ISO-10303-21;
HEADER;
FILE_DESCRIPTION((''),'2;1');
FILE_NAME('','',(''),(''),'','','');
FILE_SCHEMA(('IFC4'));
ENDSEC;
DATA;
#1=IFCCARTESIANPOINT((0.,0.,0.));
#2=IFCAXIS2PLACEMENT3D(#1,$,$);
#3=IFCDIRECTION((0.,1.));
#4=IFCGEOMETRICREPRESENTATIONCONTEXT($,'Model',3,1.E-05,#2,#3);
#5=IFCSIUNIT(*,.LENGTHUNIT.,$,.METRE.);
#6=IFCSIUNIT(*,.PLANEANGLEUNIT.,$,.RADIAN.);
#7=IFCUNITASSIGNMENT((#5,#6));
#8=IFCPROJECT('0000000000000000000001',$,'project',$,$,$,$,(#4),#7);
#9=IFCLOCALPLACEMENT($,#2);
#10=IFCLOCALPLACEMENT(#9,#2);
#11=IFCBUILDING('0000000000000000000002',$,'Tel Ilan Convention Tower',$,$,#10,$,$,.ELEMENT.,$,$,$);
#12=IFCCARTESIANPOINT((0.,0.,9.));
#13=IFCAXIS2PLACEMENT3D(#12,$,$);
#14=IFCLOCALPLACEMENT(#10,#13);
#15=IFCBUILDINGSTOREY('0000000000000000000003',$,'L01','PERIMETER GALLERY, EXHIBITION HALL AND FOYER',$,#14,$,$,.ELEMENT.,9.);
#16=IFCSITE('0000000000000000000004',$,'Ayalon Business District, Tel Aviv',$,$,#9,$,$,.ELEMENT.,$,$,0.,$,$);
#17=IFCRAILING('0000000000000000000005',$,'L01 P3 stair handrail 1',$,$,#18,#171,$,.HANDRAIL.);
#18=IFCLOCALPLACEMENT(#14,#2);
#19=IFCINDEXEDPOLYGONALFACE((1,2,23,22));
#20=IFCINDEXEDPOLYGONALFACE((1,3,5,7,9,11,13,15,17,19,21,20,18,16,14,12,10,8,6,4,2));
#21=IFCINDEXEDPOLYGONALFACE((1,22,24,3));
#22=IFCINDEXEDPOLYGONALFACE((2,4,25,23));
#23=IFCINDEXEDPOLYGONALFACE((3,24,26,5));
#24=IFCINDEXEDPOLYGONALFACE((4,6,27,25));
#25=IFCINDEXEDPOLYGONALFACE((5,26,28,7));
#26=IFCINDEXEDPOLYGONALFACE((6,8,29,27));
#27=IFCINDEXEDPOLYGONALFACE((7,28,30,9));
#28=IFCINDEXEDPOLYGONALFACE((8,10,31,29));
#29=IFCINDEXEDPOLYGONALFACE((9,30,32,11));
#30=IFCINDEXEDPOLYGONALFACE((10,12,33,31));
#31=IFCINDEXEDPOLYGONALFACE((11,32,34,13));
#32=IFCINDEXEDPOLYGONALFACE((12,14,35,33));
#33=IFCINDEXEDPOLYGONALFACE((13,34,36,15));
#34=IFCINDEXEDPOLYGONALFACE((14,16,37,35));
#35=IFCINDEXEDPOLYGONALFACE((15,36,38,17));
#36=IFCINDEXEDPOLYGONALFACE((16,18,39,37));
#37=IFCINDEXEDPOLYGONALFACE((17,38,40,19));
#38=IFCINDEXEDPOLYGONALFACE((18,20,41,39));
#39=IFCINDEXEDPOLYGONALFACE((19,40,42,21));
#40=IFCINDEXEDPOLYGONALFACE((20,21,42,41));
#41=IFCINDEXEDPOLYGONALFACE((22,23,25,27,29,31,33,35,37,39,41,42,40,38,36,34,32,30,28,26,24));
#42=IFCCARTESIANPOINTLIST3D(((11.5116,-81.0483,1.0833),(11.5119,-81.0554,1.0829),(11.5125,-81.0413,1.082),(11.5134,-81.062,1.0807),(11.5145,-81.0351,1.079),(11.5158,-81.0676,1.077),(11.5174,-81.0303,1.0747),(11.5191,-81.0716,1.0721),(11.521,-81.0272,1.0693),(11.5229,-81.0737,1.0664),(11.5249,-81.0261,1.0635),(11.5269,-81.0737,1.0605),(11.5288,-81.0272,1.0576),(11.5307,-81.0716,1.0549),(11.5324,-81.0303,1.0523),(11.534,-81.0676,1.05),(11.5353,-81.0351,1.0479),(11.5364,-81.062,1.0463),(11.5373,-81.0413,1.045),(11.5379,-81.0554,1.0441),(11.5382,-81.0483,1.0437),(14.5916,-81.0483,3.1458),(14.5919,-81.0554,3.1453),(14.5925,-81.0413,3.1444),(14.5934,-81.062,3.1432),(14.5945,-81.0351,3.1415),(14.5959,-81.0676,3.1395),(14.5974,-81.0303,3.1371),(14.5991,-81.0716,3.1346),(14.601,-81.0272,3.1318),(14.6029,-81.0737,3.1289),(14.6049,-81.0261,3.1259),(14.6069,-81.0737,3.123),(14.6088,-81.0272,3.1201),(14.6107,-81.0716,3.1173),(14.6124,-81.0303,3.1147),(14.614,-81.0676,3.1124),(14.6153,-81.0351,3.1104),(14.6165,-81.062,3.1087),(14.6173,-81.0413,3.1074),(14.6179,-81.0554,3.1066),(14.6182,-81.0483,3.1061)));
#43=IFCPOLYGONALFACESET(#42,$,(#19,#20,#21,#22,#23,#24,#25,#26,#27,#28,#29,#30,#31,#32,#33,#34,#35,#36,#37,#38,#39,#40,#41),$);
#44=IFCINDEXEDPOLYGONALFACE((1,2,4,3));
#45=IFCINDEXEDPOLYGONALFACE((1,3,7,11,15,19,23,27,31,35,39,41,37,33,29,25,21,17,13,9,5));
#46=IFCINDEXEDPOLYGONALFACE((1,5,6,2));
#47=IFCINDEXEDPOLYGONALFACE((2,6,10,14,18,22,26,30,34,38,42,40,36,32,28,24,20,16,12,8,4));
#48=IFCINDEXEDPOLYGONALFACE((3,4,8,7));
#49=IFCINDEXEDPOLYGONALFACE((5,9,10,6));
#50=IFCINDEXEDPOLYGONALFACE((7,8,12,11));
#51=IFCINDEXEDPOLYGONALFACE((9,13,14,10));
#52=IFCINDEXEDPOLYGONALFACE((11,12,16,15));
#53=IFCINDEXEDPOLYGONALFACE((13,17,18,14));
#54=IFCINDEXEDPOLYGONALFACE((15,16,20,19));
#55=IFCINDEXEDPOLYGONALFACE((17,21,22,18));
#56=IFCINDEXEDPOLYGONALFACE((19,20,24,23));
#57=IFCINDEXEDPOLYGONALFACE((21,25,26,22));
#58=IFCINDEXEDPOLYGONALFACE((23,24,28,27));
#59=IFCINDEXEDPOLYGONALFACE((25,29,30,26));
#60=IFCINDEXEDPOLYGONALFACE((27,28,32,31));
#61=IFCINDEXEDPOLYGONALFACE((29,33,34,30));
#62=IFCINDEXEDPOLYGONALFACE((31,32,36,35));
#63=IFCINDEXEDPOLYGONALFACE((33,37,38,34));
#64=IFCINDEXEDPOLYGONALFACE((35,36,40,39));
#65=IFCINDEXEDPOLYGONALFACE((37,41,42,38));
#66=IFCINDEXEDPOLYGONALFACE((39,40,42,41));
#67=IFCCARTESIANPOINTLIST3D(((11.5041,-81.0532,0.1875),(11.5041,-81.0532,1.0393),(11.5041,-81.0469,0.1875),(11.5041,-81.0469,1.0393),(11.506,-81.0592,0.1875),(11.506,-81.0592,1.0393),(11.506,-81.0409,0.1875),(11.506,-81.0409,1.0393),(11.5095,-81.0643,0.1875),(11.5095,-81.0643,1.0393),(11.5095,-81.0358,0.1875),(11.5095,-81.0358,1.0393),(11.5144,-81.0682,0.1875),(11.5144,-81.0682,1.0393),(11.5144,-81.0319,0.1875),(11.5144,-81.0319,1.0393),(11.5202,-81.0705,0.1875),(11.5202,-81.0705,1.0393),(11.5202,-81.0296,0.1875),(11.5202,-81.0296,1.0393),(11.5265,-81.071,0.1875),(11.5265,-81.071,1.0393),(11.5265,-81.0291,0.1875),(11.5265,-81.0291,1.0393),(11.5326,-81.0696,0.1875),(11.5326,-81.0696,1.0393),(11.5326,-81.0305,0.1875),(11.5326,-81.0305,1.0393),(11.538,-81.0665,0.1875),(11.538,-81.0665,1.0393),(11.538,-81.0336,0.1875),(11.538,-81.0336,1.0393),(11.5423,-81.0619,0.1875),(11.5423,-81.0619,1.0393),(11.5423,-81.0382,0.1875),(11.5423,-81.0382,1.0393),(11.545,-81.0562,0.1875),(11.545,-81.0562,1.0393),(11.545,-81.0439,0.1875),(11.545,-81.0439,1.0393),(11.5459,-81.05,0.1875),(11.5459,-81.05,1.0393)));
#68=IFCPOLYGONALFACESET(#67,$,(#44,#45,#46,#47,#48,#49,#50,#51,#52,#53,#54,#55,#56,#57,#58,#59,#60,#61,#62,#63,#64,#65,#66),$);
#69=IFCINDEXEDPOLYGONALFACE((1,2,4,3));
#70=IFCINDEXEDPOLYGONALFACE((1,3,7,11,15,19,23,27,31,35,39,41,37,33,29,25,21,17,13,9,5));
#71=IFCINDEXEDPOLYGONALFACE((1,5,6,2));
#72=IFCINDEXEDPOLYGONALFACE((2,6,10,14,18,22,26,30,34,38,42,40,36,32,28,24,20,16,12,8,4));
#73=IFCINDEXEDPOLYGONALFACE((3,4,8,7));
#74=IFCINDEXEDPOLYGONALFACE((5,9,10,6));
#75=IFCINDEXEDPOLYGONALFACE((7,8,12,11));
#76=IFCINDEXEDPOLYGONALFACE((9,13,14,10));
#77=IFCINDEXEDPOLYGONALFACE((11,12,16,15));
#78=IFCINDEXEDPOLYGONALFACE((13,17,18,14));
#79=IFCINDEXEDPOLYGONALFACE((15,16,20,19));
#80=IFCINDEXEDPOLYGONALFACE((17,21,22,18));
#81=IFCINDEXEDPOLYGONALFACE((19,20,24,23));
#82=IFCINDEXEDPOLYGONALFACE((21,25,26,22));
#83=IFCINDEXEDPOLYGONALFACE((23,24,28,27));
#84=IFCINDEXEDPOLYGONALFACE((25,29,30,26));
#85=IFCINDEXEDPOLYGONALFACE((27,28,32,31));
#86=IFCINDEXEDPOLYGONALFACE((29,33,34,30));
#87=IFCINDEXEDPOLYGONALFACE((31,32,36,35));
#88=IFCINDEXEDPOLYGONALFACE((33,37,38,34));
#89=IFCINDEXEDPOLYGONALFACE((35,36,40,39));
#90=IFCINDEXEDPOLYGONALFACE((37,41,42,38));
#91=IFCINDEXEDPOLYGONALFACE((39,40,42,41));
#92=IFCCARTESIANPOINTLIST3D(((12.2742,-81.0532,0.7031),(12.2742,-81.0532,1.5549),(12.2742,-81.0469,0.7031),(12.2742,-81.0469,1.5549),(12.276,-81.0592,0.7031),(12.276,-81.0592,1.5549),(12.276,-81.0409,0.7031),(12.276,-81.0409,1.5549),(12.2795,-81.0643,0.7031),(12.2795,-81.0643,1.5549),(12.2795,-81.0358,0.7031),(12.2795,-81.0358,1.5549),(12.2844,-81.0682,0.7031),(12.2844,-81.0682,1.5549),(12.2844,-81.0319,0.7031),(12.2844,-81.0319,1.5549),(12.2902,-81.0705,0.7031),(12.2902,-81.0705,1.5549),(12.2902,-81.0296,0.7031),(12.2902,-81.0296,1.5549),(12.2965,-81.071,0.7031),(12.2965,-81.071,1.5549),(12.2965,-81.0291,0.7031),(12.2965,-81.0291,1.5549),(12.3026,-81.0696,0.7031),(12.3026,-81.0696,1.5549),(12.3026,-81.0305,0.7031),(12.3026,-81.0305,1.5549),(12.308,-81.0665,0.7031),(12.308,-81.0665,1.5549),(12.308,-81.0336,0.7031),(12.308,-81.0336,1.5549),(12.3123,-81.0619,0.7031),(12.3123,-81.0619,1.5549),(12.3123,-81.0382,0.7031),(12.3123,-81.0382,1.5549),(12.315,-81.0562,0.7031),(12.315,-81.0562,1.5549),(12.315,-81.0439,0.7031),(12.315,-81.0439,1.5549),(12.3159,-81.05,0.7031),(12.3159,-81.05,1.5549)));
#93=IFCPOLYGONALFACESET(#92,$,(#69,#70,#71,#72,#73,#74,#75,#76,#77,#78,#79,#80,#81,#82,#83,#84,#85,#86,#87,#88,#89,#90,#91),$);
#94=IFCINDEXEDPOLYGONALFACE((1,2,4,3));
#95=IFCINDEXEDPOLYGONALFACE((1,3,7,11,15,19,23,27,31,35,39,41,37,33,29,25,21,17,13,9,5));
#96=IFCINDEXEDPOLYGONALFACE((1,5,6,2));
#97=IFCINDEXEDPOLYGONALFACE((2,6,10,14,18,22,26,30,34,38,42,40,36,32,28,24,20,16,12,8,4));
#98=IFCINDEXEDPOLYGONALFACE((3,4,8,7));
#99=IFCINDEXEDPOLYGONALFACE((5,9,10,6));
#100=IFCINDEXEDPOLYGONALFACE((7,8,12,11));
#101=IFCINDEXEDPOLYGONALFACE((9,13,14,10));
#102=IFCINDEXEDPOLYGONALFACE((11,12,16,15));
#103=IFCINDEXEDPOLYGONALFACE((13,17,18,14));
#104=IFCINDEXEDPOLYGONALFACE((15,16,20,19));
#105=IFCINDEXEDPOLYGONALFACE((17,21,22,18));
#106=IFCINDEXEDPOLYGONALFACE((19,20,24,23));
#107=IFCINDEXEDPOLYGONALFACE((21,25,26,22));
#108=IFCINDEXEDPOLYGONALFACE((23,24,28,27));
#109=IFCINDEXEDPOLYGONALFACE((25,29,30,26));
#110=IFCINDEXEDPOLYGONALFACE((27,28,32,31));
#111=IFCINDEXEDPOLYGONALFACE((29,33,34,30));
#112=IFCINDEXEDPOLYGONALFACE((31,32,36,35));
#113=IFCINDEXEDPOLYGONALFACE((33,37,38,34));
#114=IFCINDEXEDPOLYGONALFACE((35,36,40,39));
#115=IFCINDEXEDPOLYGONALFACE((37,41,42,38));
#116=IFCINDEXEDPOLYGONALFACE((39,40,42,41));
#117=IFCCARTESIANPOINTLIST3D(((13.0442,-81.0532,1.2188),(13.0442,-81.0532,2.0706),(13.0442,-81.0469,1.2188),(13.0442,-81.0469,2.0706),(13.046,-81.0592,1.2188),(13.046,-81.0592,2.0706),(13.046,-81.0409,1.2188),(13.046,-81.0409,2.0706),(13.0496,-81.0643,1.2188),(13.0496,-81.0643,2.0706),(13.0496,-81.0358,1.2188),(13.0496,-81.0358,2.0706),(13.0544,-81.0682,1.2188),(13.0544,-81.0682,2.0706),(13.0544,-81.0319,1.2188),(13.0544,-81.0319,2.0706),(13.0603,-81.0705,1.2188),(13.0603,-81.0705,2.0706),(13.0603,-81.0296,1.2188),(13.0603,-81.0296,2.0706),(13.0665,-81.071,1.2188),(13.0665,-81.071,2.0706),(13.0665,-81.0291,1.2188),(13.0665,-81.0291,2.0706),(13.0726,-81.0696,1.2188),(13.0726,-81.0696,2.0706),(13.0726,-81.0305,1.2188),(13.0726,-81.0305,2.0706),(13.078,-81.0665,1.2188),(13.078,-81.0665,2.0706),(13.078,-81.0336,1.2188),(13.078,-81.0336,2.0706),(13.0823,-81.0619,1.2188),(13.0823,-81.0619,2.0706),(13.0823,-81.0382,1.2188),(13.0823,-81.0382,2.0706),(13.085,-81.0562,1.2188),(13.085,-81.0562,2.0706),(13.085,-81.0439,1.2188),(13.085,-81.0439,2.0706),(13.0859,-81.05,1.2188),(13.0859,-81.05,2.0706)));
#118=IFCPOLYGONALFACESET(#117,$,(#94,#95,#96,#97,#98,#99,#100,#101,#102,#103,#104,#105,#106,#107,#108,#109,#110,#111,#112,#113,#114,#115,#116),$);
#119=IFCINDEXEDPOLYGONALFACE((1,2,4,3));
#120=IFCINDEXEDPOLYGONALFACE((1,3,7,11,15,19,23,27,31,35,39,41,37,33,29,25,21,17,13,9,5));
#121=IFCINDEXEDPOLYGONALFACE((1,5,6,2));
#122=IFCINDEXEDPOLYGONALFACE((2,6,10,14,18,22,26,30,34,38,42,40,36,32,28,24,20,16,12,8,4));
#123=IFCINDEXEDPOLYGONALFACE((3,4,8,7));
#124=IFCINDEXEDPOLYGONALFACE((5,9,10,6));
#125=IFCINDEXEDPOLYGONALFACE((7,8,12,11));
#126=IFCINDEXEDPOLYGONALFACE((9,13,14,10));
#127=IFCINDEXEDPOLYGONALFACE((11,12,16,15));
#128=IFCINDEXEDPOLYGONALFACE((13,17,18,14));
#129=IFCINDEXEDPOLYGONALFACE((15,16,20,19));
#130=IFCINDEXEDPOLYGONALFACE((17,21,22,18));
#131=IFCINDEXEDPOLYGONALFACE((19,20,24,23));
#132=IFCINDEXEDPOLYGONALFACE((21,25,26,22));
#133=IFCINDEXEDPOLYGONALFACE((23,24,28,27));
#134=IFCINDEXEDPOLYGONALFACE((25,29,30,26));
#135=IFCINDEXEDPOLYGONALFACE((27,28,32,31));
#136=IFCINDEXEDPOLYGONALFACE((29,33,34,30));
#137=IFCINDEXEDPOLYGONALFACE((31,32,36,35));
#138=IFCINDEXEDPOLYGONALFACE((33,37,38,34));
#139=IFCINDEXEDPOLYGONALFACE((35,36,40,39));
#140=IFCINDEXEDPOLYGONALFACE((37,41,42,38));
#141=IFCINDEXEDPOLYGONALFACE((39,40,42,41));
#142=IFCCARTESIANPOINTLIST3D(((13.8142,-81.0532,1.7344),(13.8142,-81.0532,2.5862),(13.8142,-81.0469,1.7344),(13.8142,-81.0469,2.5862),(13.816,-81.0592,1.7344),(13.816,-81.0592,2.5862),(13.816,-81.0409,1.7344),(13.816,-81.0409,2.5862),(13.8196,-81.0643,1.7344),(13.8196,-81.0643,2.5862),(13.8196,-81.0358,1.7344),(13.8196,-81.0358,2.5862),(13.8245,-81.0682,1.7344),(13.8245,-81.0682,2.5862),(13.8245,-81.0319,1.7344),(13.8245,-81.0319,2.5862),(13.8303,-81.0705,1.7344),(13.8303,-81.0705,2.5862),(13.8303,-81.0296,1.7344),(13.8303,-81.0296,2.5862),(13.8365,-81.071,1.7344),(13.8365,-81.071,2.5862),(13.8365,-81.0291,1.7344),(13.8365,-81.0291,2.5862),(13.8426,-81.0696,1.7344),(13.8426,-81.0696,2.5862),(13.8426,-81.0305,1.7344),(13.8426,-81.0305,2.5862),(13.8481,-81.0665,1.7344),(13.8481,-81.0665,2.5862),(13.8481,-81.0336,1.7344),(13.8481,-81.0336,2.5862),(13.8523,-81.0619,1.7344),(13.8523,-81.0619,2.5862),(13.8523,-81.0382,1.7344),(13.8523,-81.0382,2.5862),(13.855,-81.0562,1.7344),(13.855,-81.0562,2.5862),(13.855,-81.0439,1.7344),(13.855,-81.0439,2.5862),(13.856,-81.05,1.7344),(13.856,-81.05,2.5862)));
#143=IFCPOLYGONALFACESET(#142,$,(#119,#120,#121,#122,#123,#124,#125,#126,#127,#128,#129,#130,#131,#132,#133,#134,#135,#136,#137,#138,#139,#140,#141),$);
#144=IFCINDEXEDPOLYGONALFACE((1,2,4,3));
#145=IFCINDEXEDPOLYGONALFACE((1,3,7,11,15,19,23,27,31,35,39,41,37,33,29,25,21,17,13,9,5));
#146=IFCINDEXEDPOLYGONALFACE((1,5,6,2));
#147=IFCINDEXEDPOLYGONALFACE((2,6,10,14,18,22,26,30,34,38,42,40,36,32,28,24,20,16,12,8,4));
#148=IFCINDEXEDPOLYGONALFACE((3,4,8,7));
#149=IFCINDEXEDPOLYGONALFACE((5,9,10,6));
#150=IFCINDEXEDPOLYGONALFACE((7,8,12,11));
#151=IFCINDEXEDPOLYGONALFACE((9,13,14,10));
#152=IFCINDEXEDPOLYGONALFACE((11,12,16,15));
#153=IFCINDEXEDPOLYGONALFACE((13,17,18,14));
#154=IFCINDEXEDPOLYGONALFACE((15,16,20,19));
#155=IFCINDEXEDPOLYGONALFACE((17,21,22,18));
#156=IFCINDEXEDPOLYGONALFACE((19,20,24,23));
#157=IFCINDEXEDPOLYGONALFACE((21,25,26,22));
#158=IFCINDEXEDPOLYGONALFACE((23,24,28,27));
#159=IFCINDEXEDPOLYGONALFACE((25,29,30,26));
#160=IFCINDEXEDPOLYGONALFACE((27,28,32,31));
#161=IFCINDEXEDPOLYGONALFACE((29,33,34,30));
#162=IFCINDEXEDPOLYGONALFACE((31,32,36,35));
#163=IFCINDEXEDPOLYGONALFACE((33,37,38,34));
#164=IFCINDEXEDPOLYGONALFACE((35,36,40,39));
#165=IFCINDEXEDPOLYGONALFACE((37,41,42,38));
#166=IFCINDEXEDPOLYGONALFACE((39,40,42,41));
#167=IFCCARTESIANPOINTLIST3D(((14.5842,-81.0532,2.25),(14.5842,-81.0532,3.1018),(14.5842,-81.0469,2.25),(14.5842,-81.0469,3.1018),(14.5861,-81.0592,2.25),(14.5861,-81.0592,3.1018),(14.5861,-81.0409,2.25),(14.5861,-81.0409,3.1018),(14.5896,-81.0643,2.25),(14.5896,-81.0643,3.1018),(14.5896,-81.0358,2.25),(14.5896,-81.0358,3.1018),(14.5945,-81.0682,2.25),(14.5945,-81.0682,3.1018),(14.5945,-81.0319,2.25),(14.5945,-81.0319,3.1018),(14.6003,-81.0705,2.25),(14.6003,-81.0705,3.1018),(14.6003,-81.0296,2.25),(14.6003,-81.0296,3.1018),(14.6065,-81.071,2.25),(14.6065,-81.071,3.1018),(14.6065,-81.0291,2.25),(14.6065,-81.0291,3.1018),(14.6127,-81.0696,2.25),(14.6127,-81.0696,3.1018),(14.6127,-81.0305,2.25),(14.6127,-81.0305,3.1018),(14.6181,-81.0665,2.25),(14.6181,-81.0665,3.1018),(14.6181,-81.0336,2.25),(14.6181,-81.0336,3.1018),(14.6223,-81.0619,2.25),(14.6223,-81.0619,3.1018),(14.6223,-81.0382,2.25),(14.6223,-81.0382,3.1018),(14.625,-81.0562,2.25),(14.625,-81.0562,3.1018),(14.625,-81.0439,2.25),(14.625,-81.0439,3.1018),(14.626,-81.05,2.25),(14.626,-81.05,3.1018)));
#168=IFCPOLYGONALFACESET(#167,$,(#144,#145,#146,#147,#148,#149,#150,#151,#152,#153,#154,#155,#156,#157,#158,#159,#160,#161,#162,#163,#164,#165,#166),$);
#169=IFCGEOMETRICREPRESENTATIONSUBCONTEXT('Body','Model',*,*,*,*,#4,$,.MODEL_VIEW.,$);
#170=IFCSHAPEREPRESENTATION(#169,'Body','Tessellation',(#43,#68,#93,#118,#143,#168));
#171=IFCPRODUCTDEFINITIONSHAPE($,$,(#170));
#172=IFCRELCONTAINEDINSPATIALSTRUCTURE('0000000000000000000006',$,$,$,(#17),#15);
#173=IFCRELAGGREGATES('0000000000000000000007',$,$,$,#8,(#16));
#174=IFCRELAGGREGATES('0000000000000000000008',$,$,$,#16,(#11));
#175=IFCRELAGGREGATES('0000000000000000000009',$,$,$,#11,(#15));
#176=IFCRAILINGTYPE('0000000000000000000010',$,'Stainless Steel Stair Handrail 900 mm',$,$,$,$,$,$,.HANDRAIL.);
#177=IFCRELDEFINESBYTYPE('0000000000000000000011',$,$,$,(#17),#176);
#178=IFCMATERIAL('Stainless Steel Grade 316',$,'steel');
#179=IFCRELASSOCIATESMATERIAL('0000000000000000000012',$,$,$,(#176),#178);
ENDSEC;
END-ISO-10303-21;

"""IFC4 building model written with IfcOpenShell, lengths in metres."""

from ifc_helpers import new_model, si_unit, direction, frame, origin, origin_2d, place, context, subcontext, project, spatial, circle, extrude, material, type_object, element, save


model = new_model("IFC4")

# Units and contexts
model_context = context("Model", 3, precision=1e-05, world=origin(), true_north=direction((0.0, 1.0)))
body_context = subcontext(model_context, "Body", "Model", "MODEL_VIEW")
ifc_project = project(units=[si_unit("LENGTHUNIT", "METRE"), si_unit("PLANEANGLEUNIT", "RADIAN")], contexts=[model_context])

# Site, building, storey
site_placement = place(None, origin())
site = spatial("IfcSite", under=ifc_project, at=site_placement, Name="Ayalon Business District, Tel Aviv", CompositionType="ELEMENT", RefElevation=0.0)
building_placement = place(site_placement, origin())
building = spatial("IfcBuilding", under=site, at=building_placement, Name="Tel Ilan Convention Tower", CompositionType="ELEMENT")
storey_placement = place(building_placement, frame((0.0, 0.0, 9.0)))
storey = spatial("IfcBuildingStorey", under=building, at=storey_placement, Name="L01", Description="PERIMETER GALLERY, EXHIBITION HALL AND FOYER", CompositionType="ELEMENT", Elevation=9.0)

# Railing
ifc_material_1 = material(Name="Stainless Steel Grade 316", Category="steel")
railing_type_1 = type_object("IfcRailingType", Name="Stainless Steel Stair Handrail 900 mm", PredefinedType="HANDRAIL", material=ifc_material_1)
for number, where, name in (
    (1, (11.5249, -81.05, 0.1875), "L01 P3 stair handrail 1"),
):
    element("IfcRailing", number, at=place(storey_placement, frame(where)), inside=storey, type_object=railing_type_1, Name=name, PredefinedType="HANDRAIL", context=body_context, shape_type="SweptSolid", body=[
        extrude(circle(Radius=0.0239, at=origin_2d()), frame((0.0, 0.0, 0.876), z_axis=(0.830914, 0.0, 0.556401), x_axis=(0.0, 1.0, 0.0)), (0.0, 0.0, 1.0), 3.7068),
        extrude(circle(Radius=0.021, at=origin_2d()), origin(), (0.0, 0.0, 1.0), 0.8518),
        extrude(circle(Radius=0.021, at=origin_2d()), frame((0.77, 0.0, 0.5156)), (0.0, 0.0, 1.0), 0.8518),
        extrude(circle(Radius=0.021, at=origin_2d()), frame((1.54, 0.0, 1.0312)), (0.0, 0.0, 1.0), 0.8518),
        extrude(circle(Radius=0.021, at=origin_2d()), frame((2.3101, 0.0, 1.5469)), (0.0, 0.0, 1.0), 0.8518),
        extrude(circle(Radius=0.021, at=origin_2d()), frame((3.0801, 0.0, 2.0625)), (0.0, 0.0, 1.0), 0.8518),
    ])

save(model, "model.ifc")
